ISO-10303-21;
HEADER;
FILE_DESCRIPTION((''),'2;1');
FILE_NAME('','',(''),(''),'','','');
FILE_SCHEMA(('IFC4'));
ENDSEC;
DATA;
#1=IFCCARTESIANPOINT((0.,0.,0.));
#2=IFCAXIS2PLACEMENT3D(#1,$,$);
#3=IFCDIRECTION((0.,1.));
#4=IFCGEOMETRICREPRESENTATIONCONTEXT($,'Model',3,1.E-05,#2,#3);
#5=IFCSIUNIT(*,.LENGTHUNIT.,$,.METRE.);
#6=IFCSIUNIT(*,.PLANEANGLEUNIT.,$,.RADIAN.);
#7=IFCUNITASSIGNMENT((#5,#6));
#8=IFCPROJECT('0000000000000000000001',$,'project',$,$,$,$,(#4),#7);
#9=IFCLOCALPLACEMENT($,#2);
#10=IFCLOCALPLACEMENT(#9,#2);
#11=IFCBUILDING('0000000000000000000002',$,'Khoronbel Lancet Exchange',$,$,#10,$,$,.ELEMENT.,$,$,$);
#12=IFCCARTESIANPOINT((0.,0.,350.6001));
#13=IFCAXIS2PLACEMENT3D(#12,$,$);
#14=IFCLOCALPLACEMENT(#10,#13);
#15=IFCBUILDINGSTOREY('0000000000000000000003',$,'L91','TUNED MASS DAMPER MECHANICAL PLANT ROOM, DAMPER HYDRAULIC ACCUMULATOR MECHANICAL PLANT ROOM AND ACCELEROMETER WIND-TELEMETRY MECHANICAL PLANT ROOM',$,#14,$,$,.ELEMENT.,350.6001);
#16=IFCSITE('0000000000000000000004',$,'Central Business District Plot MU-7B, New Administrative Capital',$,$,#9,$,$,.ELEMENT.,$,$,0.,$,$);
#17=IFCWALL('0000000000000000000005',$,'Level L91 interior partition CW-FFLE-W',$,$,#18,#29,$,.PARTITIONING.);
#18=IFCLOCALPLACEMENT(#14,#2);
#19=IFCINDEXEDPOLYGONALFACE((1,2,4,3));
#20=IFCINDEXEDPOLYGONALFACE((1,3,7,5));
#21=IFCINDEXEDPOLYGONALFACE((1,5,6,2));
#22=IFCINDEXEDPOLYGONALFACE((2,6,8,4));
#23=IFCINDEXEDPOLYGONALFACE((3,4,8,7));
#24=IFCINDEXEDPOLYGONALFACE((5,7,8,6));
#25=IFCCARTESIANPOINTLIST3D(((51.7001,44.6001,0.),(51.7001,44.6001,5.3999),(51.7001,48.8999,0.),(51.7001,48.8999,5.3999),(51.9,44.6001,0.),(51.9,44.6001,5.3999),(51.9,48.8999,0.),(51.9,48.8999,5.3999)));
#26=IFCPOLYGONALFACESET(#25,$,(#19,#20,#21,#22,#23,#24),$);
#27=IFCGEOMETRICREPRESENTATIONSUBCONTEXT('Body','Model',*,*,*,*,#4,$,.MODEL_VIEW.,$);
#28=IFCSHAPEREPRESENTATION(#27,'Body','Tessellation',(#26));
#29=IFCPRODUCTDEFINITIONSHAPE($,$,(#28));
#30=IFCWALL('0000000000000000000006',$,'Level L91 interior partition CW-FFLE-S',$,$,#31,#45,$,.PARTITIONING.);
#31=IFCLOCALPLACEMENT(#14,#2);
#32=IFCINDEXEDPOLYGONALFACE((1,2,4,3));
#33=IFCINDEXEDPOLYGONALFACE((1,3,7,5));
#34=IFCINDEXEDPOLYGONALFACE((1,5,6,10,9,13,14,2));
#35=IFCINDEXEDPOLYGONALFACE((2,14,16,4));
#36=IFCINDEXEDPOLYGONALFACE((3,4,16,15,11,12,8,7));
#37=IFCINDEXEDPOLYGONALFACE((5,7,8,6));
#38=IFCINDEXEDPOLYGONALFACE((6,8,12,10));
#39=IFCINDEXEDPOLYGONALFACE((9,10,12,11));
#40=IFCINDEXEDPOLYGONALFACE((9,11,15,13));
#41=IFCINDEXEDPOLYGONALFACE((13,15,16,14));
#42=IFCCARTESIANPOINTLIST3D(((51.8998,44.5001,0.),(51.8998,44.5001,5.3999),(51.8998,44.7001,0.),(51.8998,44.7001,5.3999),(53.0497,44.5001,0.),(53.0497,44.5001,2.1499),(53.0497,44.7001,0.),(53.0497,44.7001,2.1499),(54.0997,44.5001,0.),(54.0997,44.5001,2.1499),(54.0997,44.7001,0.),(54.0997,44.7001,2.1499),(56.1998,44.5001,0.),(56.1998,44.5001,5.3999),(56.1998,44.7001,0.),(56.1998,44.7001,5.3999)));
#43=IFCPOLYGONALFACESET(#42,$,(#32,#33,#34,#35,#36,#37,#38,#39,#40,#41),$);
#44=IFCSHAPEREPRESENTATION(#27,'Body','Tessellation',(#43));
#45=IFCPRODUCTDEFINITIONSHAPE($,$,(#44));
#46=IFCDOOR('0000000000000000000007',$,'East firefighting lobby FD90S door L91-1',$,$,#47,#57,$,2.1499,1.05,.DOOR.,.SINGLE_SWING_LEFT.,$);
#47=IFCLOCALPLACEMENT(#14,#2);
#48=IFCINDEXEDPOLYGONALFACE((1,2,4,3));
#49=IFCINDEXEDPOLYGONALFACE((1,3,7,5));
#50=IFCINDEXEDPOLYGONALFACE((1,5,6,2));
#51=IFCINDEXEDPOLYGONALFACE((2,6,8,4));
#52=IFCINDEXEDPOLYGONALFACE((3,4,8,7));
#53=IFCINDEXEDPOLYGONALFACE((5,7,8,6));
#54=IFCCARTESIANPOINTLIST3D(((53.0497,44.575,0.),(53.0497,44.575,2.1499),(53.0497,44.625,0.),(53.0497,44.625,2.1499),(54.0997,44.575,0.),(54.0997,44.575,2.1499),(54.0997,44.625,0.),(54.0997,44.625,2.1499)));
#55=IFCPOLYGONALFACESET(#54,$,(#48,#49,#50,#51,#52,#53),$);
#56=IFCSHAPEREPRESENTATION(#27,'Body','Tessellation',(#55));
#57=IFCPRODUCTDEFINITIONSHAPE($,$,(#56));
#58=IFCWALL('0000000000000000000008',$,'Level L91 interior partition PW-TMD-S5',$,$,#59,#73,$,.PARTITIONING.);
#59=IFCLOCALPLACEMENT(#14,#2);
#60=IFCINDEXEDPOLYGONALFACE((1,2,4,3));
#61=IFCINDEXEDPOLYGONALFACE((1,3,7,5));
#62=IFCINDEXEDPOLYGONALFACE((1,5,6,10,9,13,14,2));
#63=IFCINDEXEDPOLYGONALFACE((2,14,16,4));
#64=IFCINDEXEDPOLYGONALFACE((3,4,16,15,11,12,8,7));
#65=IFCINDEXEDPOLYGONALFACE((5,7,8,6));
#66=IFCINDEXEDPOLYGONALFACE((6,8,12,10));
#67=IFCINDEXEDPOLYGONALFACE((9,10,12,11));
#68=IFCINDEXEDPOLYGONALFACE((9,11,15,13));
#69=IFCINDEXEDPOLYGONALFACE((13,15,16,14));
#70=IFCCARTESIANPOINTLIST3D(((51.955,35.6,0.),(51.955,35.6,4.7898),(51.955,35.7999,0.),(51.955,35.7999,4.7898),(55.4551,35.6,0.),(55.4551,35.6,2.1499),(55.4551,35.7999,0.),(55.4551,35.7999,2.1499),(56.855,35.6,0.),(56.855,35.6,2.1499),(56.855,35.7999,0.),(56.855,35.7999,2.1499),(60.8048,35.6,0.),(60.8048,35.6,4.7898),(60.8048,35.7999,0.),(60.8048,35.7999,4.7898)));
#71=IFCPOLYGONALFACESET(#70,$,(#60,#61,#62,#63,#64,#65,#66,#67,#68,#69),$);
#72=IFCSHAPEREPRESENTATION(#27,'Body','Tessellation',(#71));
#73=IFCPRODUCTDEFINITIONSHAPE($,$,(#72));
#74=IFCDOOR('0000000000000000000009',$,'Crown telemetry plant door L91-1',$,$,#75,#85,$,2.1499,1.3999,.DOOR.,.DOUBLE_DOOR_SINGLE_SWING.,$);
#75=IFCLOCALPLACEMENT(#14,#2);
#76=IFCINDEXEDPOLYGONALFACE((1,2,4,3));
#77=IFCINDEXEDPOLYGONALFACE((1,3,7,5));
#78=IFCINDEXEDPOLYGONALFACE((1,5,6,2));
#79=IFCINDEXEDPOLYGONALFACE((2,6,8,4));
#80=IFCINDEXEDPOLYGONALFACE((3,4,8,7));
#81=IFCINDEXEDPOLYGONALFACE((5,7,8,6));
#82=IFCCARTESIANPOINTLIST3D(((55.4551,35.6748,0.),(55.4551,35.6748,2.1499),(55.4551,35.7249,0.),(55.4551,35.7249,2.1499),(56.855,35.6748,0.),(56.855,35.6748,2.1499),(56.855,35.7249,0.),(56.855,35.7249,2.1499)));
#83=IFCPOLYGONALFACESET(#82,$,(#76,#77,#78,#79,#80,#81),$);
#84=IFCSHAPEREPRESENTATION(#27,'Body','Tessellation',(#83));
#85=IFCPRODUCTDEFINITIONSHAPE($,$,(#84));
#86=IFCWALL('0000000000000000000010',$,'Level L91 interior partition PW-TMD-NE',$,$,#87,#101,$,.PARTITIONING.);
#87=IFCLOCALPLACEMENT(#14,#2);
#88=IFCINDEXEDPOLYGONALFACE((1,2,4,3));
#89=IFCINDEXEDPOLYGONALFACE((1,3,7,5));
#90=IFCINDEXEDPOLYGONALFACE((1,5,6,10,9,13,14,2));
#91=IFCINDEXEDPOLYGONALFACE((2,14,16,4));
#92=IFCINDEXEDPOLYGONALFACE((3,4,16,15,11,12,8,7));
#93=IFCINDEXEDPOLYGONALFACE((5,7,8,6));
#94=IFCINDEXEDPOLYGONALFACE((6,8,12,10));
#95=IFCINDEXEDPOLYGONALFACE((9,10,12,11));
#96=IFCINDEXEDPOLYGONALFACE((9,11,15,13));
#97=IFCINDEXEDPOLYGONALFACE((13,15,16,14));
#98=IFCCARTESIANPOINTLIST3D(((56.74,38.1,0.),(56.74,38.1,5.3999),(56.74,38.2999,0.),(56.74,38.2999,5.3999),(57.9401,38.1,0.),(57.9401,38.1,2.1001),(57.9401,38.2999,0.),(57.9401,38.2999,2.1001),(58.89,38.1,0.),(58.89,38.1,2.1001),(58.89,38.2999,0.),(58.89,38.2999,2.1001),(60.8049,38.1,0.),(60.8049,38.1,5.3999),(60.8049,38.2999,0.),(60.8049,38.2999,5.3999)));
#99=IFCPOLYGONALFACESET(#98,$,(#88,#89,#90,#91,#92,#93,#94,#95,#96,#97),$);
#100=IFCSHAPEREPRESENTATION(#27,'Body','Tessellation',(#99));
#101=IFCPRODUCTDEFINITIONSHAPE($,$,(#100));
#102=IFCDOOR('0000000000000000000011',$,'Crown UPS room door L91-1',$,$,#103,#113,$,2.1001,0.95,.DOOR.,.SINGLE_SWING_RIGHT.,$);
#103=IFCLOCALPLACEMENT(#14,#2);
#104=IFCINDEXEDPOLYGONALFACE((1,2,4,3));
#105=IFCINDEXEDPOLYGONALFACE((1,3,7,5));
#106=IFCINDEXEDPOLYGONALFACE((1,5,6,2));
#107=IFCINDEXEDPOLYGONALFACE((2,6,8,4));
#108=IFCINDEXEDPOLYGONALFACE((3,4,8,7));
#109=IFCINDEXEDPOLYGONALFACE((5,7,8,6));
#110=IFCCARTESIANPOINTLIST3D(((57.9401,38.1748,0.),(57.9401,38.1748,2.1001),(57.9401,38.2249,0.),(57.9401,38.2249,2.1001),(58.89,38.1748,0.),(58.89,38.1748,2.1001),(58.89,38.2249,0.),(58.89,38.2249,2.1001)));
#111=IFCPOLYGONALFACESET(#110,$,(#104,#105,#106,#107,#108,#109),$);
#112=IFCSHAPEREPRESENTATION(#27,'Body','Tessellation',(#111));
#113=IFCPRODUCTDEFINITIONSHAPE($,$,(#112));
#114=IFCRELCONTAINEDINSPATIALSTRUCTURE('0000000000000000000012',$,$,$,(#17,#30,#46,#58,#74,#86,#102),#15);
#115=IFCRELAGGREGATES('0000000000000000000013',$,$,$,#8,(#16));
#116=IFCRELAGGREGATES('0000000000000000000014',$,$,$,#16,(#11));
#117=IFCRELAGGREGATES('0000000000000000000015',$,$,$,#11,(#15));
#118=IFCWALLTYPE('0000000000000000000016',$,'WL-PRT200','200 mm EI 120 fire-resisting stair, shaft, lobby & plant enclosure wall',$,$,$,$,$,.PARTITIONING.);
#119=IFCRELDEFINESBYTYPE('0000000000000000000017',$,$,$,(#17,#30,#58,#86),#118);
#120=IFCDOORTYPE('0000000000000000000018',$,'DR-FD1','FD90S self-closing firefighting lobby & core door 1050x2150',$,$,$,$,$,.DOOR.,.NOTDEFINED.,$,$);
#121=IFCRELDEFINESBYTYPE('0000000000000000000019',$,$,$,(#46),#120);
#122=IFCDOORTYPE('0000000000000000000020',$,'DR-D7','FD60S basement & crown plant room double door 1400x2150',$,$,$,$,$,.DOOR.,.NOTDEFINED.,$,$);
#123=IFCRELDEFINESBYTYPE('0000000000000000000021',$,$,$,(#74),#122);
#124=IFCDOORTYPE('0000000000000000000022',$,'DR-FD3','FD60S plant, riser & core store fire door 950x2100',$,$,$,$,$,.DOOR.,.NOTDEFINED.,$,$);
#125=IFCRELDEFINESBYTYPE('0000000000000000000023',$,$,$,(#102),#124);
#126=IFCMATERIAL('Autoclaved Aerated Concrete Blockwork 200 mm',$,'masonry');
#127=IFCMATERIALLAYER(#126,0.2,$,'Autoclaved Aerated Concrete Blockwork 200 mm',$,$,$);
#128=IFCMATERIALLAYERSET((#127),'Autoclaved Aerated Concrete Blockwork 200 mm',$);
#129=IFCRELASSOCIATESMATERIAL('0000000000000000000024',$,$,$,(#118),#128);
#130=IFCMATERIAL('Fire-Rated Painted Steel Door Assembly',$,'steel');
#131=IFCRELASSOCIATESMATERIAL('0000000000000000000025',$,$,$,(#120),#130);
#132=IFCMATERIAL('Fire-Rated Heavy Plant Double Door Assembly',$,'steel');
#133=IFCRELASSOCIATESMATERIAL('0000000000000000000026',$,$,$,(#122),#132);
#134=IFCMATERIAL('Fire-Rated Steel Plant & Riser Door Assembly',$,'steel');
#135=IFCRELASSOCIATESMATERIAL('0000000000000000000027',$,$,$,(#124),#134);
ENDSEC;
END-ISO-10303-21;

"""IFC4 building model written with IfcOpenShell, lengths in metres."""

from ifc_helpers import new_model, si_unit, direction, frame, frame_2d, origin, place, context, subcontext, project, spatial, rectangle, extrude, material, layer, layer_set, type_object, element, fill, save


model = new_model("IFC4")

# Units and contexts
model_context = context("Model", 3, precision=1e-05, world=origin(), true_north=direction((0.0, 1.0)))
body_context = subcontext(model_context, "Body", "Model", "MODEL_VIEW")
ifc_project = project(units=[si_unit("LENGTHUNIT", "METRE"), si_unit("PLANEANGLEUNIT", "RADIAN")], contexts=[model_context])

# Site, building, storey
site_placement = place(None, origin())
site = spatial("IfcSite", under=ifc_project, at=site_placement, Name="Central Business District Plot MU-7B, New Administrative Capital", CompositionType="ELEMENT", RefElevation=0.0)
building_placement = place(site_placement, origin())
building = spatial("IfcBuilding", under=site, at=building_placement, Name="Khoronbel Lancet Exchange", CompositionType="ELEMENT")
storey_placement = place(building_placement, frame((0.0, 0.0, 350.6001)))
storey = spatial("IfcBuildingStorey", under=building, at=storey_placement, Name="L91", Description="TUNED MASS DAMPER MECHANICAL PLANT ROOM, DAMPER HYDRAULIC ACCUMULATOR MECHANICAL PLANT ROOM AND ACCELEROMETER WIND-TELEMETRY MECHANICAL PLANT ROOM", CompositionType="ELEMENT", Elevation=350.6001)

# Shared definitions
ifc_material_1 = material(Name="Autoclaved Aerated Concrete Blockwork 200 mm", Category="masonry")
ifc_layer_1 = layer(ifc_material_1, 0.2, Name="Autoclaved Aerated Concrete Blockwork 200 mm")
ifc_layer_set_1 = layer_set([ifc_layer_1], Name="Autoclaved Aerated Concrete Blockwork 200 mm")
wall_type_1 = type_object("IfcWallType", Name="WL-PRT200", Description="200 mm EI 120 fire-resisting stair, shaft, lobby & plant enclosure wall", PredefinedType="PARTITIONING", material=ifc_layer_set_1)

# Wall
wall_1_placement = place(storey_placement, frame((51.8, 44.6001, 0.0), z_axis=(0.0, 0.0, 1.0), x_axis=(0.0, 1.0, 0.0)))
element("IfcWall", 1, at=wall_1_placement, inside=storey, type_object=wall_type_1, Name="Level L91 interior partition CW-FFLE-W", PredefinedType="PARTITIONING", context=body_context, shape_type="SweptSolid", body=[
    extrude(rectangle(XDim=4.2998, YDim=0.2, at=frame_2d((2.1499, 0.0))), origin(), (0.0, 0.0, 1.0), 5.3999),
])

# Walls, openings, doors
wall_2_placement = place(storey_placement, frame((51.8999, 44.6001, 0.0), z_axis=(0.0, 0.0, 1.0), x_axis=(1.0, 0.0, 0.0)))
wall_2 = element("IfcWall", 2, at=wall_2_placement, inside=storey, type_object=wall_type_1, Name="Level L91 interior partition CW-FFLE-S", PredefinedType="PARTITIONING", context=body_context, shape_type="SweptSolid", body=[
    extrude(rectangle(XDim=4.3, YDim=0.2, at=frame_2d((2.1499, 0.0))), origin(), (0.0, 0.0, 1.0), 5.3999),
])
opening_1_placement = place(wall_2_placement, frame((1.1499, 0.0, 0.0)))
opening_1 = element("IfcOpeningElement", 3, at=opening_1_placement, cuts=wall_2, PredefinedType="OPENING", context=body_context, shape_type="SweptSolid", body=[
    extrude(rectangle(XDim=1.05, YDim=2.1499, at=frame_2d((0.5249, 1.075))), frame((0.0, 0.1099, 0.0), z_axis=(0.0, -1.0, 0.0), x_axis=(1.0, 0.0, 0.0)), (0.0, 0.0, 1.0), 0.22),
])
ifc_material_2 = material(Name="Fire-Rated Painted Steel Door Assembly", Category="steel")
door_type_1 = type_object("IfcDoorType", Name="DR-FD1", Description="FD90S self-closing firefighting lobby & core door 1050x2150", OperationType="NOTDEFINED", PredefinedType="DOOR", material=ifc_material_2)
door_1_placement = place(opening_1_placement, origin())
door_1 = element("IfcDoor", 4, at=door_1_placement, inside=storey, type_object=door_type_1, Name="East firefighting lobby FD90S door L91-1", OperationType="SINGLE_SWING_LEFT", OverallHeight=2.1499, OverallWidth=1.05, PredefinedType="DOOR", context=body_context, shape_type="SweptSolid", body=[
    extrude(rectangle(XDim=1.05, YDim=2.1499, at=frame_2d((0.5249, 1.075))), frame((0.0, 0.0249, 0.0), z_axis=(0.0, -1.0, 0.0), x_axis=(1.0, 0.0, 0.0)), (0.0, 0.0, 1.0), 0.05),
])
fill(opening_1, door_1)
wall_3_placement = place(storey_placement, frame((51.9551, 35.7, 0.0), z_axis=(0.0, 0.0, 1.0), x_axis=(1.0, 0.0, 0.0)))
wall_3 = element("IfcWall", 5, at=wall_3_placement, inside=storey, type_object=wall_type_1, Name="Level L91 interior partition PW-TMD-S5", PredefinedType="PARTITIONING", context=body_context, shape_type="SweptSolid", body=[
    extrude(rectangle(XDim=8.8499, YDim=0.2, at=frame_2d((4.4248, 0.0))), origin(), (0.0, 0.0, 1.0), 4.7898),
])
opening_2_placement = place(wall_3_placement, frame((3.5, 0.0, 0.0)))
opening_2 = element("IfcOpeningElement", 6, at=opening_2_placement, cuts=wall_3, PredefinedType="OPENING", context=body_context, shape_type="SweptSolid", body=[
    extrude(rectangle(XDim=1.3999, YDim=2.1499, at=frame_2d((0.7, 1.075))), frame((0.0, 0.1099, 0.0), z_axis=(0.0, -1.0, 0.0), x_axis=(1.0, 0.0, 0.0)), (0.0, 0.0, 1.0), 0.22),
])
ifc_material_3 = material(Name="Fire-Rated Heavy Plant Double Door Assembly", Category="steel")
door_type_2 = type_object("IfcDoorType", Name="DR-D7", Description="FD60S basement & crown plant room double door 1400x2150", OperationType="NOTDEFINED", PredefinedType="DOOR", material=ifc_material_3)
door_2_placement = place(opening_2_placement, origin())
door_2 = element("IfcDoor", 7, at=door_2_placement, inside=storey, type_object=door_type_2, Name="Crown telemetry plant door L91-1", OperationType="DOUBLE_DOOR_SINGLE_SWING", OverallHeight=2.1499, OverallWidth=1.3999, PredefinedType="DOOR", context=body_context, shape_type="SweptSolid", body=[
    extrude(rectangle(XDim=1.3999, YDim=2.1499, at=frame_2d((0.7, 1.075))), frame((0.0, 0.0249, 0.0), z_axis=(0.0, -1.0, 0.0), x_axis=(1.0, 0.0, 0.0)), (0.0, 0.0, 1.0), 0.05),
])
fill(opening_2, door_2)
wall_4_placement = place(storey_placement, frame((56.74, 38.2, 0.0), z_axis=(0.0, 0.0, 1.0), x_axis=(1.0, 0.0, 0.0)))
wall_4 = element("IfcWall", 8, at=wall_4_placement, inside=storey, type_object=wall_type_1, Name="Level L91 interior partition PW-TMD-NE", PredefinedType="PARTITIONING", context=body_context, shape_type="SweptSolid", body=[
    extrude(rectangle(XDim=4.0649, YDim=0.2, at=frame_2d((2.0325, 0.0))), origin(), (0.0, 0.0, 1.0), 5.3999),
])
opening_3_placement = place(wall_4_placement, frame((1.2, 0.0, 0.0)))
opening_3 = element("IfcOpeningElement", 9, at=opening_3_placement, cuts=wall_4, PredefinedType="OPENING", context=body_context, shape_type="SweptSolid", body=[
    extrude(rectangle(XDim=0.95, YDim=2.1001, at=frame_2d((0.4751, 1.05))), frame((0.0, 0.1099, 0.0), z_axis=(0.0, -1.0, 0.0), x_axis=(1.0, 0.0, 0.0)), (0.0, 0.0, 1.0), 0.22),
])
ifc_material_4 = material(Name="Fire-Rated Steel Plant & Riser Door Assembly", Category="steel")
door_type_3 = type_object("IfcDoorType", Name="DR-FD3", Description="FD60S plant, riser & core store fire door 950x2100", OperationType="NOTDEFINED", PredefinedType="DOOR", material=ifc_material_4)
door_3_placement = place(opening_3_placement, origin())
door_3 = element("IfcDoor", 10, at=door_3_placement, inside=storey, type_object=door_type_3, Name="Crown UPS room door L91-1", OperationType="SINGLE_SWING_RIGHT", OverallHeight=2.1001, OverallWidth=0.95, PredefinedType="DOOR", context=body_context, shape_type="SweptSolid", body=[
    extrude(rectangle(XDim=0.95, YDim=2.1001, at=frame_2d((0.4751, 1.05))), frame((0.0, 0.0249, 0.0), z_axis=(0.0, -1.0, 0.0), x_axis=(1.0, 0.0, 0.0)), (0.0, 0.0, 1.0), 0.05),
])
fill(opening_3, door_3)

save(model, "model.ifc")
